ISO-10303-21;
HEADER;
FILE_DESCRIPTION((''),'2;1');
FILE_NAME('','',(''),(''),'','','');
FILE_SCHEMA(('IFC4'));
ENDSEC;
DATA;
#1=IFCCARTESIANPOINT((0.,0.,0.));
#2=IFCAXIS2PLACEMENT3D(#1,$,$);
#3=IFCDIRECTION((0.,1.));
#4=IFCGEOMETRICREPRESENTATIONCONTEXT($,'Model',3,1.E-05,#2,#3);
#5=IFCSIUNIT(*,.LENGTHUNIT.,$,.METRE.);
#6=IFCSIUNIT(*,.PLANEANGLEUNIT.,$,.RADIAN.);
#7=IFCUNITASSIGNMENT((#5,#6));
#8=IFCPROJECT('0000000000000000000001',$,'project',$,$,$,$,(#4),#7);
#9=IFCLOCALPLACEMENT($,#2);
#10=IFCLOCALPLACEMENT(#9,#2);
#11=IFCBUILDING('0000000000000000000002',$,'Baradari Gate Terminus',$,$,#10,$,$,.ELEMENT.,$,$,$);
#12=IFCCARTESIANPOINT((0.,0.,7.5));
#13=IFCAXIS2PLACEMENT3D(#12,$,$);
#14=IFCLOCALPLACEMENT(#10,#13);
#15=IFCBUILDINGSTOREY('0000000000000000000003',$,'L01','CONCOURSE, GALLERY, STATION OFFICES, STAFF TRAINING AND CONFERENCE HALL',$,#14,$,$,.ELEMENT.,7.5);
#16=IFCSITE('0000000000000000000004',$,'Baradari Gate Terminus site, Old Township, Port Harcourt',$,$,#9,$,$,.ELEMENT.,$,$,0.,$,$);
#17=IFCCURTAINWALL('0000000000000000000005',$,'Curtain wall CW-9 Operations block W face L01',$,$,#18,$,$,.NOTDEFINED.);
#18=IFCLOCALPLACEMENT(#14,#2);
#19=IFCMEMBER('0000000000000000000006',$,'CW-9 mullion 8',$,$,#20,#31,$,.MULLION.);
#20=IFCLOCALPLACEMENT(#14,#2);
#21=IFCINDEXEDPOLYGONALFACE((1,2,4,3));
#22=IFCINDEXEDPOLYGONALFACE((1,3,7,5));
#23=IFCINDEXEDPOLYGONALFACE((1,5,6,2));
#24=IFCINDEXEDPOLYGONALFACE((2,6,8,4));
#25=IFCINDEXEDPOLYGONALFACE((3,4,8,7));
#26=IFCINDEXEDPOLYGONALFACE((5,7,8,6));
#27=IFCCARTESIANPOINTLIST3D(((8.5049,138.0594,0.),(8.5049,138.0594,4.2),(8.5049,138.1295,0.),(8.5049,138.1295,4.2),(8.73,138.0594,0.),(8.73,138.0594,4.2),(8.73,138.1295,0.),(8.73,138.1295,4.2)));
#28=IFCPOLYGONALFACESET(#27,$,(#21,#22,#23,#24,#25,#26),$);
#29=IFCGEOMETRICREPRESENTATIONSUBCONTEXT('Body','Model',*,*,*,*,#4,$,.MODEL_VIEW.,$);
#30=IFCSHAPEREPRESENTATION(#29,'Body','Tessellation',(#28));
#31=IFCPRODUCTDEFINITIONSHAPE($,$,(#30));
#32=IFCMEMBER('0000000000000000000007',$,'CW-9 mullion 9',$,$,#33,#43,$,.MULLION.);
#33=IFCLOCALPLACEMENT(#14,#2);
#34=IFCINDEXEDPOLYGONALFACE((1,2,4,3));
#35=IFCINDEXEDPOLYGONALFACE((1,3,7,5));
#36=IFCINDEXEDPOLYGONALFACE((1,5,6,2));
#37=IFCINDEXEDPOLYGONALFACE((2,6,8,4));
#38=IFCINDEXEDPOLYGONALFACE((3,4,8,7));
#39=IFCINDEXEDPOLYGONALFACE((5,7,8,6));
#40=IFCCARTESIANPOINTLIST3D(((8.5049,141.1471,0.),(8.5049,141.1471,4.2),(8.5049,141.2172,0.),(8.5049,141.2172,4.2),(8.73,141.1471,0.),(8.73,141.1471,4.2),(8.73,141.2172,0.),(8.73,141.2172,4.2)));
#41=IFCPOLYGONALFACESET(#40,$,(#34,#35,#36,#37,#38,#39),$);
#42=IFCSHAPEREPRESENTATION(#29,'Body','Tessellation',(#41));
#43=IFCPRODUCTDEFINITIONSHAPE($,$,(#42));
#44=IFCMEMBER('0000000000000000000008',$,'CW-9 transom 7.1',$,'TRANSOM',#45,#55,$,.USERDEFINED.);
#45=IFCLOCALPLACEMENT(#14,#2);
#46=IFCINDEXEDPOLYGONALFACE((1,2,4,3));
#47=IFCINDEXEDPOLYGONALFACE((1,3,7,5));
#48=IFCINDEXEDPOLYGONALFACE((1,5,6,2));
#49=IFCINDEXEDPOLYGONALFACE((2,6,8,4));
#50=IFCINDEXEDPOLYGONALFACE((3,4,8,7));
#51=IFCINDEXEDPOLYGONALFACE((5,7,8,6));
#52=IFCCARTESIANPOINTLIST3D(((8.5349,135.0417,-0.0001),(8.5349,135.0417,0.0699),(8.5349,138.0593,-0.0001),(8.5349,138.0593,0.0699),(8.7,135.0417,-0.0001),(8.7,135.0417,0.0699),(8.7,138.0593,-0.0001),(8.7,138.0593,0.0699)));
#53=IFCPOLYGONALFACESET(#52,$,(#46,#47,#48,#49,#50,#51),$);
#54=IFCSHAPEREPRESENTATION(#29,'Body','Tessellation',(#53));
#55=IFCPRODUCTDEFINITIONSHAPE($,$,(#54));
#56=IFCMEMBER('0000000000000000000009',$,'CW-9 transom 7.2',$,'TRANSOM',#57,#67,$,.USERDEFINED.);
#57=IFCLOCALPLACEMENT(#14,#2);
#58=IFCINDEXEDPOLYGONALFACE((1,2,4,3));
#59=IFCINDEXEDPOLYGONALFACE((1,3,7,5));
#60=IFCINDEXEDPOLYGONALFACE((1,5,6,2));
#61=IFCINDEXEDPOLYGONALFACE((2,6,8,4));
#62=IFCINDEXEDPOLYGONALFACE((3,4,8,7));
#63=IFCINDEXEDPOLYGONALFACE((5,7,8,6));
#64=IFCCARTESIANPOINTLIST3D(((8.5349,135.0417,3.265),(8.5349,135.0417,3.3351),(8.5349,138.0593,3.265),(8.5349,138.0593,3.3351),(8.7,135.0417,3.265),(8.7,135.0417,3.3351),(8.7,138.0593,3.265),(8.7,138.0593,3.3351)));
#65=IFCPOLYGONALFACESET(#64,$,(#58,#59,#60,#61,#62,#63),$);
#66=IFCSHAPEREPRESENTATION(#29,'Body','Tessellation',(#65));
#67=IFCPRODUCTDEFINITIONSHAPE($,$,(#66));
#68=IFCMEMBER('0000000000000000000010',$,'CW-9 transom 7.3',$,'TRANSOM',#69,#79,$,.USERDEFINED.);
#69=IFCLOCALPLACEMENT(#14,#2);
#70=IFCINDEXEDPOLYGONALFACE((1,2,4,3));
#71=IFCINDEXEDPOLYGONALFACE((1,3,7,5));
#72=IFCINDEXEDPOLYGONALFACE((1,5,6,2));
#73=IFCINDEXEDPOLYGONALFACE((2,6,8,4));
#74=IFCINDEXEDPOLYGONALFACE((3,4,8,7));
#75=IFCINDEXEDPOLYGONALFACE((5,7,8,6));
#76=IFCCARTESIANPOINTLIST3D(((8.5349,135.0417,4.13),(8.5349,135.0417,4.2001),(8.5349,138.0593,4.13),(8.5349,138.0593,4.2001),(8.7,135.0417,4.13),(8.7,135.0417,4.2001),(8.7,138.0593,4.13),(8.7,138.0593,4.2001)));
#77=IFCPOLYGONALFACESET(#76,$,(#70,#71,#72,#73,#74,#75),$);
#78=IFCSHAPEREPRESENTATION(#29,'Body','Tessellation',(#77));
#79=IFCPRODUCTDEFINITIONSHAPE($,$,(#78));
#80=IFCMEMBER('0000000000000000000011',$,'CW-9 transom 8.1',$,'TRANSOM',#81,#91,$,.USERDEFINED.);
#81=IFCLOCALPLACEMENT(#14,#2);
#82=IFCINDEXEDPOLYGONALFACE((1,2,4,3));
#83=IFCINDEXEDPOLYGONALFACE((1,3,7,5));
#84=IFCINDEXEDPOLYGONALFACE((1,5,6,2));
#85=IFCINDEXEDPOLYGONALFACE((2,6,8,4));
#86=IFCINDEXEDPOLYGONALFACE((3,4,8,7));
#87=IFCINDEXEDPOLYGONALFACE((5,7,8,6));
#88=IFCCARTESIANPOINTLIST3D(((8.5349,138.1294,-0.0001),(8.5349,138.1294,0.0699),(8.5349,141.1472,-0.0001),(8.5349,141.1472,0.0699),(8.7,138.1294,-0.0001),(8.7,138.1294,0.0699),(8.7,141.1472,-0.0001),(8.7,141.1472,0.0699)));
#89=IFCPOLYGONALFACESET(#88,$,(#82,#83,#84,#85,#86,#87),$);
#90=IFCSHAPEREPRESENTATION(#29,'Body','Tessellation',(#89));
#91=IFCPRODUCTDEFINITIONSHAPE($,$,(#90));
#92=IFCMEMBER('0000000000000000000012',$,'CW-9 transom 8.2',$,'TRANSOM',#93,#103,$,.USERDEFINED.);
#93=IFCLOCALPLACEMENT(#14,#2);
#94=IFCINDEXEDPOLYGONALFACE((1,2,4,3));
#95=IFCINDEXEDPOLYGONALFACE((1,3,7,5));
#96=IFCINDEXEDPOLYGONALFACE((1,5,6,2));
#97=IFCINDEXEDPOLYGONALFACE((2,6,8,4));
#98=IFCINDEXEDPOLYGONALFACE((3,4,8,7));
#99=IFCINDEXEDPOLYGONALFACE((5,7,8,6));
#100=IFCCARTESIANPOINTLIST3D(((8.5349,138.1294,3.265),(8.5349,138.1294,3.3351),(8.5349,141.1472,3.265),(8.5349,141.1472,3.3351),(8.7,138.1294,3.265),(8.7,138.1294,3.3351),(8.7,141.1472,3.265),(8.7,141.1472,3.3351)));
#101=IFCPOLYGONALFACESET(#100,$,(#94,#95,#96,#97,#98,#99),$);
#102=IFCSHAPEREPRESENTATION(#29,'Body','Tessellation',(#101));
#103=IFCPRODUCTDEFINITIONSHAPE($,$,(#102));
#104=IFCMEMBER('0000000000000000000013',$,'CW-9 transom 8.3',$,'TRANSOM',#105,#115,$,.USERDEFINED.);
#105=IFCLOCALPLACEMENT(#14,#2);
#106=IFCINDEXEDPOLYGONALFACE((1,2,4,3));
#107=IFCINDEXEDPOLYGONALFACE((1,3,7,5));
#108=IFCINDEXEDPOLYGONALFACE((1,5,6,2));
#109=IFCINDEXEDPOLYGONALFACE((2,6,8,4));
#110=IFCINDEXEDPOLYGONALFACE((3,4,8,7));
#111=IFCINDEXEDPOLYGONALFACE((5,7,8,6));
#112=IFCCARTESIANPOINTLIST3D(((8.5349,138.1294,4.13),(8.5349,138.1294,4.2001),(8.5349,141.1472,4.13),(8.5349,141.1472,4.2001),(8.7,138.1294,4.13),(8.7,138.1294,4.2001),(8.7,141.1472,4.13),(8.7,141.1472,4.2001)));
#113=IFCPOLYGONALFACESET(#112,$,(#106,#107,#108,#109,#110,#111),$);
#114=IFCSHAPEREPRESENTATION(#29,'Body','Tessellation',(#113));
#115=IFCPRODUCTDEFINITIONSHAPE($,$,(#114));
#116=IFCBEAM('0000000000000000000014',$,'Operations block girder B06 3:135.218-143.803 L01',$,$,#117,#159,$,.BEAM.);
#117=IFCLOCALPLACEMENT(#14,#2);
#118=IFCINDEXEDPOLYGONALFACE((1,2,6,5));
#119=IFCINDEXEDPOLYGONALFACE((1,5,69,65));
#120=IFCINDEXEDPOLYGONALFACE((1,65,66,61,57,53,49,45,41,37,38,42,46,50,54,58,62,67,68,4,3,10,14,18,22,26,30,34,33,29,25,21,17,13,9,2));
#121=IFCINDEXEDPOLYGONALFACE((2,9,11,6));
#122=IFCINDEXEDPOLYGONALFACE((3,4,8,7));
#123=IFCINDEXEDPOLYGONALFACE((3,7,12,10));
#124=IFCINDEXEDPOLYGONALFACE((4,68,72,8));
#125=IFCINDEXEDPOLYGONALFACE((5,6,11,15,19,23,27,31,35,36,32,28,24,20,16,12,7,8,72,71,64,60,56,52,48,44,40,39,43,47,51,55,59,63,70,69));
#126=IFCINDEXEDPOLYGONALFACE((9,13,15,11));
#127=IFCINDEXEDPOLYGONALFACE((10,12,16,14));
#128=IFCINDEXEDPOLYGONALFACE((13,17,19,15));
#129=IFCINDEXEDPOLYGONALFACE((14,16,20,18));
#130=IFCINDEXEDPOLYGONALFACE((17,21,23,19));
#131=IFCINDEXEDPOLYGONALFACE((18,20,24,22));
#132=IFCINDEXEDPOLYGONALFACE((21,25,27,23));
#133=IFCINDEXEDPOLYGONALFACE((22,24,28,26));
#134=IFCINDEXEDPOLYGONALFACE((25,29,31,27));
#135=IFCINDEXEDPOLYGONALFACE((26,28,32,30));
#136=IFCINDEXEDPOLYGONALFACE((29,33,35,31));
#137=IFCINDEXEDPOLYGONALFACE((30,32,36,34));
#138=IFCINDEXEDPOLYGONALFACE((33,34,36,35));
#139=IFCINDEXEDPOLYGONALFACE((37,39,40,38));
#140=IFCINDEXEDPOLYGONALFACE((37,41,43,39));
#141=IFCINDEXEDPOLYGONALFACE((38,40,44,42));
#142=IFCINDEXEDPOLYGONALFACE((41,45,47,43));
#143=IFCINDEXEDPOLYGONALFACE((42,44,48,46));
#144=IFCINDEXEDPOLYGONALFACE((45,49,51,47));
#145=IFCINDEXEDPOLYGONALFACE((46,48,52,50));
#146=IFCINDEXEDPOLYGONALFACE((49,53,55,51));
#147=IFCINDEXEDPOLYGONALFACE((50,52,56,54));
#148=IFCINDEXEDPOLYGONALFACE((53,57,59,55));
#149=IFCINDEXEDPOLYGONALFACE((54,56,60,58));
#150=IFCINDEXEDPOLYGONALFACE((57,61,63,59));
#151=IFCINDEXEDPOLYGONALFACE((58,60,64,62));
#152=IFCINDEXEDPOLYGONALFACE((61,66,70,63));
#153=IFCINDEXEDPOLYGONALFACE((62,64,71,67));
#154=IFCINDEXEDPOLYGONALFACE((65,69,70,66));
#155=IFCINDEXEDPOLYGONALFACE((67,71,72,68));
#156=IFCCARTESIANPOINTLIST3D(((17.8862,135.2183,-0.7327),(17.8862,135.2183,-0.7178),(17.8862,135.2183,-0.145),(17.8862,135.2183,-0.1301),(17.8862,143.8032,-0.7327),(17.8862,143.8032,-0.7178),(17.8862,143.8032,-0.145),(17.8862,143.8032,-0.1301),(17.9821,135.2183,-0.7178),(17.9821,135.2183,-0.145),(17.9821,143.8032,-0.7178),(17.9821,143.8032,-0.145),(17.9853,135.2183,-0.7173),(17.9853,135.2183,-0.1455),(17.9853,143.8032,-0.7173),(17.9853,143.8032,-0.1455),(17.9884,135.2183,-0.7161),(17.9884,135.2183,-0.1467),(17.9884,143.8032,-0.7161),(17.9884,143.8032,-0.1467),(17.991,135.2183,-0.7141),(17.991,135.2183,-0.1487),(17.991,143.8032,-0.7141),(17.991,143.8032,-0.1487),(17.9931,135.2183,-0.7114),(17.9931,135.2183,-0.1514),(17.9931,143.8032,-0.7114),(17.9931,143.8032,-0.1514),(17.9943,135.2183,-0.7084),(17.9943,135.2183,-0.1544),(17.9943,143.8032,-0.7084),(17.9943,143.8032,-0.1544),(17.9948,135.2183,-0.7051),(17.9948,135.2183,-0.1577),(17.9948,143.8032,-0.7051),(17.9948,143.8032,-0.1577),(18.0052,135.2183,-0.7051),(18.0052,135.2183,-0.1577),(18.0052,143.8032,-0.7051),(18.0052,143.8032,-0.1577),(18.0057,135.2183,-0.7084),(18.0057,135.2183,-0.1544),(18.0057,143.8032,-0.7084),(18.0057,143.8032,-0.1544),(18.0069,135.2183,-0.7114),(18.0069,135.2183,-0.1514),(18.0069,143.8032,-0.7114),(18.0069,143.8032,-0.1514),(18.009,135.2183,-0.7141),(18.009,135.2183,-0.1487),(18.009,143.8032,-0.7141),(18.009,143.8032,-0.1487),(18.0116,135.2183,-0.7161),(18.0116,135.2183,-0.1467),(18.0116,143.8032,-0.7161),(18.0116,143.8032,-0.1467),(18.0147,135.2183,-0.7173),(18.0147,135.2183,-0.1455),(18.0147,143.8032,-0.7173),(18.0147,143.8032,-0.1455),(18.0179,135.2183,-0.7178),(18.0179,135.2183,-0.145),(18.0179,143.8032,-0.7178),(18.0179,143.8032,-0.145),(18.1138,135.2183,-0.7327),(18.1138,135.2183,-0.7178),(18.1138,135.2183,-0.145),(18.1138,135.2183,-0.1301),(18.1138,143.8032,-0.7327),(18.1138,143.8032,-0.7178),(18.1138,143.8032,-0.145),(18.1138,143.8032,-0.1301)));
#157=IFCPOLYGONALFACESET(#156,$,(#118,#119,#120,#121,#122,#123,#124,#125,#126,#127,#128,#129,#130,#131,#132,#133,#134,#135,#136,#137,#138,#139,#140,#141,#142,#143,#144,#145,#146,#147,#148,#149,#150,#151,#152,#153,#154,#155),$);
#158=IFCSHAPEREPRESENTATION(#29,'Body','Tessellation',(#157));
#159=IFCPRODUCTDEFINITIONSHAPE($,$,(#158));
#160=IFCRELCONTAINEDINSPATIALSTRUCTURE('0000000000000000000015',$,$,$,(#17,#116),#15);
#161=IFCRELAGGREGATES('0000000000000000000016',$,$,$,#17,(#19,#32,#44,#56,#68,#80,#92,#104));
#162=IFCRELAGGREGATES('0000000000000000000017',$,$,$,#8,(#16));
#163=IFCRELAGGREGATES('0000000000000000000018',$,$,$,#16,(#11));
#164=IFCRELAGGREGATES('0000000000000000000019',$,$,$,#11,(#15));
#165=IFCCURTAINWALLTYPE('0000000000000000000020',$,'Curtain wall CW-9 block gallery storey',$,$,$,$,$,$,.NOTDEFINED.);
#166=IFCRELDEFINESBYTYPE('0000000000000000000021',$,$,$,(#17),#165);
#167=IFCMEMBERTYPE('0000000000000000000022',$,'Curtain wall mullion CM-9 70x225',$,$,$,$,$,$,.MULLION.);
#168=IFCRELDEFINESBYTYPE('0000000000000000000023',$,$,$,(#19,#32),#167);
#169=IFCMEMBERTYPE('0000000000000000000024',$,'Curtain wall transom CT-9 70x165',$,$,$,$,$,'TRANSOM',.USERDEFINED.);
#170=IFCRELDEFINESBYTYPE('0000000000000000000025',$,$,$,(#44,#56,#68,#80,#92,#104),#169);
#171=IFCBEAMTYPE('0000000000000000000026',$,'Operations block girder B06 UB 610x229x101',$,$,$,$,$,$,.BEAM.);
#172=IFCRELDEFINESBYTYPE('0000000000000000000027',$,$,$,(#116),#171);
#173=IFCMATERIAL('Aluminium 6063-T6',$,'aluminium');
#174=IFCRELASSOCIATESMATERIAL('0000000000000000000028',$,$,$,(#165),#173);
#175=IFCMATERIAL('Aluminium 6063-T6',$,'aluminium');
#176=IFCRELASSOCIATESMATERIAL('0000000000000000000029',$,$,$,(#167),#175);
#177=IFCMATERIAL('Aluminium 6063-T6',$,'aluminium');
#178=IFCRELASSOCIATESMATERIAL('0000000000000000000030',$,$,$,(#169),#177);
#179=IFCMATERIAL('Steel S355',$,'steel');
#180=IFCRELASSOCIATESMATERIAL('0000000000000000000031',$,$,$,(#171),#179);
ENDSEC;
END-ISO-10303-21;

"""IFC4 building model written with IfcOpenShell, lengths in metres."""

from ifc_helpers import new_model, si_unit, direction, frame, origin, origin_2d, place, context, subcontext, project, spatial, rectangle, i_section, extrude, material, material_profile, profile_set, type_object, element, aggregate, save


model = new_model("IFC4")

# Units and contexts
model_context = context("Model", 3, precision=1e-05, world=origin(), true_north=direction((0.0, 1.0)))
body_context = subcontext(model_context, "Body", "Model", "MODEL_VIEW")
ifc_project = project(units=[si_unit("LENGTHUNIT", "METRE"), si_unit("PLANEANGLEUNIT", "RADIAN")], contexts=[model_context])

# Site, building, storey
site_placement = place(None, origin())
site = spatial("IfcSite", under=ifc_project, at=site_placement, Name="Baradari Gate Terminus site, Old Township, Port Harcourt", CompositionType="ELEMENT", RefElevation=0.0)
building_placement = place(site_placement, origin())
building = spatial("IfcBuilding", under=site, at=building_placement, Name="Baradari Gate Terminus", CompositionType="ELEMENT")
storey_placement = place(building_placement, frame((0.0, 0.0, 7.5)))
storey = spatial("IfcBuildingStorey", under=building, at=storey_placement, Name="L01", Description="CONCOURSE, GALLERY, STATION OFFICES, STAFF TRAINING AND CONFERENCE HALL", CompositionType="ELEMENT", Elevation=7.5)

# Curtain wall, members
ifc_material_1 = material(Name="Aluminium 6063-T6", Category="aluminium")
curtain_wall_type = type_object("IfcCurtainWallType", Name="Curtain wall CW-9 block gallery storey", PredefinedType="NOTDEFINED", material=ifc_material_1)
curtain_wall_placement = place(storey_placement, origin())
curtain_wall = element("IfcCurtainWall", 1, at=curtain_wall_placement, inside=storey, type_object=curtain_wall_type, Name="Curtain wall CW-9 Operations block W face L01", PredefinedType="NOTDEFINED")
ifc_material_2 = material(Name="Aluminium 6063-T6", Category="aluminium")
ifc_material_profile_1 = material_profile(ifc_material_2, rectangle(XDim=0.2251, YDim=0.0701, at=origin_2d()), Name="CM-9 70X225")
ifc_profile_set_1 = profile_set([ifc_material_profile_1], Name="Aluminium 6063-T6")
member_type_1 = type_object("IfcMemberType", Name="Curtain wall mullion CM-9 70x225", PredefinedType="MULLION", material=ifc_profile_set_1)
member_1_placement = place(storey_placement, frame((8.6174, 138.0945, 0.0), z_axis=(0.0, 0.0, 1.0), x_axis=(-1.0, 0.0, 0.0)))
member_1 = element("IfcMember", 2, at=member_1_placement, type_object=member_type_1, Name="CW-9 mullion 8", PredefinedType="MULLION", context=body_context, shape_type="SweptSolid", body=[
    extrude(rectangle(XDim=0.2251, YDim=0.0701, at=origin_2d()), origin(), (0.0, 0.0, 1.0), 4.2),
])
member_2_placement = place(storey_placement, frame((8.6174, 141.1821, 0.0), z_axis=(0.0, 0.0, 1.0), x_axis=(-1.0, 0.0, 0.0)))
member_2 = element("IfcMember", 3, at=member_2_placement, type_object=member_type_1, Name="CW-9 mullion 9", PredefinedType="MULLION", context=body_context, shape_type="SweptSolid", body=[
    extrude(rectangle(XDim=0.2251, YDim=0.0701, at=origin_2d()), origin(), (0.0, 0.0, 1.0), 4.2),
])
ifc_material_3 = material(Name="Aluminium 6063-T6", Category="aluminium")
ifc_material_profile_2 = material_profile(ifc_material_3, rectangle(XDim=0.165, YDim=0.0701, at=origin_2d()), Name="CT-9 70X165")
ifc_profile_set_2 = profile_set([ifc_material_profile_2], Name="Aluminium 6063-T6")
member_type_2 = type_object("IfcMemberType", Name="Curtain wall transom CT-9 70x165", ElementType="TRANSOM", PredefinedType="USERDEFINED", material=ifc_profile_set_2)
member_3_placement = place(storey_placement, frame((8.6174, 135.0417, 0.0349), z_axis=(0.0, 1.0, 0.0), x_axis=(-1.0, 0.0, 0.0)))
member_3 = element("IfcMember", 4, at=member_3_placement, type_object=member_type_2, Name="CW-9 transom 7.1", ObjectType="TRANSOM", PredefinedType="USERDEFINED", context=body_context, shape_type="SweptSolid", body=[
    extrude(rectangle(XDim=0.165, YDim=0.0701, at=origin_2d()), origin(), (0.0, 0.0, 1.0), 3.0176),
])
member_4_placement = place(storey_placement, frame((8.6174, 135.0417, 3.3), z_axis=(0.0, 1.0, 0.0), x_axis=(-1.0, 0.0, 0.0)))
member_4 = element("IfcMember", 5, at=member_4_placement, type_object=member_type_2, Name="CW-9 transom 7.2", ObjectType="TRANSOM", PredefinedType="USERDEFINED", context=body_context, shape_type="SweptSolid", body=[
    extrude(rectangle(XDim=0.165, YDim=0.0701, at=origin_2d()), origin(), (0.0, 0.0, 1.0), 3.0176),
])
member_5_placement = place(storey_placement, frame((8.6174, 135.0417, 4.165), z_axis=(0.0, 1.0, 0.0), x_axis=(-1.0, 0.0, 0.0)))
member_5 = element("IfcMember", 6, at=member_5_placement, type_object=member_type_2, Name="CW-9 transom 7.3", ObjectType="TRANSOM", PredefinedType="USERDEFINED", context=body_context, shape_type="SweptSolid", body=[
    extrude(rectangle(XDim=0.165, YDim=0.0701, at=origin_2d()), origin(), (0.0, 0.0, 1.0), 3.0176),
])
member_6_placement = place(storey_placement, frame((8.6174, 138.1294, 0.0349), z_axis=(0.0, 1.0, 0.0), x_axis=(-1.0, 0.0, 0.0)))
member_6 = element("IfcMember", 7, at=member_6_placement, type_object=member_type_2, Name="CW-9 transom 8.1", ObjectType="TRANSOM", PredefinedType="USERDEFINED", context=body_context, shape_type="SweptSolid", body=[
    extrude(rectangle(XDim=0.165, YDim=0.0701, at=origin_2d()), origin(), (0.0, 0.0, 1.0), 3.0178),
])
member_7_placement = place(storey_placement, frame((8.6174, 138.1294, 3.3), z_axis=(0.0, 1.0, 0.0), x_axis=(-1.0, 0.0, 0.0)))
member_7 = element("IfcMember", 8, at=member_7_placement, type_object=member_type_2, Name="CW-9 transom 8.2", ObjectType="TRANSOM", PredefinedType="USERDEFINED", context=body_context, shape_type="SweptSolid", body=[
    extrude(rectangle(XDim=0.165, YDim=0.0701, at=origin_2d()), origin(), (0.0, 0.0, 1.0), 3.0178),
])
member_8_placement = place(storey_placement, frame((8.6174, 138.1294, 4.165), z_axis=(0.0, 1.0, 0.0), x_axis=(-1.0, 0.0, 0.0)))
member_8 = element("IfcMember", 9, at=member_8_placement, type_object=member_type_2, Name="CW-9 transom 8.3", ObjectType="TRANSOM", PredefinedType="USERDEFINED", context=body_context, shape_type="SweptSolid", body=[
    extrude(rectangle(XDim=0.165, YDim=0.0701, at=origin_2d()), origin(), (0.0, 0.0, 1.0), 3.0178),
])

# Beam
ifc_material_4 = material(Name="Steel S355", Category="steel")
ifc_material_profile_3 = material_profile(ifc_material_4, i_section(OverallWidth=0.2275, OverallDepth=0.6025, WebThickness=0.0105, FlangeThickness=0.0149, FilletRadius=0.0127, at=origin_2d()), Name="UB 610x229x101")
ifc_profile_set_3 = profile_set([ifc_material_profile_3], Name="Steel S355")
beam_type_1 = type_object("IfcBeamType", Name="Operations block girder B06 UB 610x229x101", PredefinedType="BEAM", material=ifc_profile_set_3)
beam_1_placement = place(storey_placement, frame((18.0, 135.2183, -0.4314), z_axis=(0.0, 1.0, 0.0), x_axis=(-1.0, 0.0, 0.0)))
element("IfcBeam", 10, at=beam_1_placement, inside=storey, type_object=beam_type_1, Name="Operations block girder B06 3:135.218-143.803 L01", PredefinedType="BEAM", context=body_context, shape_type="SweptSolid", body=[
    extrude(i_section(OverallWidth=0.2275, OverallDepth=0.6025, WebThickness=0.0105, FlangeThickness=0.0149, FilletRadius=0.0127, at=origin_2d()), origin(), (0.0, 0.0, 1.0), 8.585),
])

aggregate(curtain_wall, [member_1, member_2, member_3, member_4, member_5, member_6, member_7, member_8])

save(model, "model.ifc")
